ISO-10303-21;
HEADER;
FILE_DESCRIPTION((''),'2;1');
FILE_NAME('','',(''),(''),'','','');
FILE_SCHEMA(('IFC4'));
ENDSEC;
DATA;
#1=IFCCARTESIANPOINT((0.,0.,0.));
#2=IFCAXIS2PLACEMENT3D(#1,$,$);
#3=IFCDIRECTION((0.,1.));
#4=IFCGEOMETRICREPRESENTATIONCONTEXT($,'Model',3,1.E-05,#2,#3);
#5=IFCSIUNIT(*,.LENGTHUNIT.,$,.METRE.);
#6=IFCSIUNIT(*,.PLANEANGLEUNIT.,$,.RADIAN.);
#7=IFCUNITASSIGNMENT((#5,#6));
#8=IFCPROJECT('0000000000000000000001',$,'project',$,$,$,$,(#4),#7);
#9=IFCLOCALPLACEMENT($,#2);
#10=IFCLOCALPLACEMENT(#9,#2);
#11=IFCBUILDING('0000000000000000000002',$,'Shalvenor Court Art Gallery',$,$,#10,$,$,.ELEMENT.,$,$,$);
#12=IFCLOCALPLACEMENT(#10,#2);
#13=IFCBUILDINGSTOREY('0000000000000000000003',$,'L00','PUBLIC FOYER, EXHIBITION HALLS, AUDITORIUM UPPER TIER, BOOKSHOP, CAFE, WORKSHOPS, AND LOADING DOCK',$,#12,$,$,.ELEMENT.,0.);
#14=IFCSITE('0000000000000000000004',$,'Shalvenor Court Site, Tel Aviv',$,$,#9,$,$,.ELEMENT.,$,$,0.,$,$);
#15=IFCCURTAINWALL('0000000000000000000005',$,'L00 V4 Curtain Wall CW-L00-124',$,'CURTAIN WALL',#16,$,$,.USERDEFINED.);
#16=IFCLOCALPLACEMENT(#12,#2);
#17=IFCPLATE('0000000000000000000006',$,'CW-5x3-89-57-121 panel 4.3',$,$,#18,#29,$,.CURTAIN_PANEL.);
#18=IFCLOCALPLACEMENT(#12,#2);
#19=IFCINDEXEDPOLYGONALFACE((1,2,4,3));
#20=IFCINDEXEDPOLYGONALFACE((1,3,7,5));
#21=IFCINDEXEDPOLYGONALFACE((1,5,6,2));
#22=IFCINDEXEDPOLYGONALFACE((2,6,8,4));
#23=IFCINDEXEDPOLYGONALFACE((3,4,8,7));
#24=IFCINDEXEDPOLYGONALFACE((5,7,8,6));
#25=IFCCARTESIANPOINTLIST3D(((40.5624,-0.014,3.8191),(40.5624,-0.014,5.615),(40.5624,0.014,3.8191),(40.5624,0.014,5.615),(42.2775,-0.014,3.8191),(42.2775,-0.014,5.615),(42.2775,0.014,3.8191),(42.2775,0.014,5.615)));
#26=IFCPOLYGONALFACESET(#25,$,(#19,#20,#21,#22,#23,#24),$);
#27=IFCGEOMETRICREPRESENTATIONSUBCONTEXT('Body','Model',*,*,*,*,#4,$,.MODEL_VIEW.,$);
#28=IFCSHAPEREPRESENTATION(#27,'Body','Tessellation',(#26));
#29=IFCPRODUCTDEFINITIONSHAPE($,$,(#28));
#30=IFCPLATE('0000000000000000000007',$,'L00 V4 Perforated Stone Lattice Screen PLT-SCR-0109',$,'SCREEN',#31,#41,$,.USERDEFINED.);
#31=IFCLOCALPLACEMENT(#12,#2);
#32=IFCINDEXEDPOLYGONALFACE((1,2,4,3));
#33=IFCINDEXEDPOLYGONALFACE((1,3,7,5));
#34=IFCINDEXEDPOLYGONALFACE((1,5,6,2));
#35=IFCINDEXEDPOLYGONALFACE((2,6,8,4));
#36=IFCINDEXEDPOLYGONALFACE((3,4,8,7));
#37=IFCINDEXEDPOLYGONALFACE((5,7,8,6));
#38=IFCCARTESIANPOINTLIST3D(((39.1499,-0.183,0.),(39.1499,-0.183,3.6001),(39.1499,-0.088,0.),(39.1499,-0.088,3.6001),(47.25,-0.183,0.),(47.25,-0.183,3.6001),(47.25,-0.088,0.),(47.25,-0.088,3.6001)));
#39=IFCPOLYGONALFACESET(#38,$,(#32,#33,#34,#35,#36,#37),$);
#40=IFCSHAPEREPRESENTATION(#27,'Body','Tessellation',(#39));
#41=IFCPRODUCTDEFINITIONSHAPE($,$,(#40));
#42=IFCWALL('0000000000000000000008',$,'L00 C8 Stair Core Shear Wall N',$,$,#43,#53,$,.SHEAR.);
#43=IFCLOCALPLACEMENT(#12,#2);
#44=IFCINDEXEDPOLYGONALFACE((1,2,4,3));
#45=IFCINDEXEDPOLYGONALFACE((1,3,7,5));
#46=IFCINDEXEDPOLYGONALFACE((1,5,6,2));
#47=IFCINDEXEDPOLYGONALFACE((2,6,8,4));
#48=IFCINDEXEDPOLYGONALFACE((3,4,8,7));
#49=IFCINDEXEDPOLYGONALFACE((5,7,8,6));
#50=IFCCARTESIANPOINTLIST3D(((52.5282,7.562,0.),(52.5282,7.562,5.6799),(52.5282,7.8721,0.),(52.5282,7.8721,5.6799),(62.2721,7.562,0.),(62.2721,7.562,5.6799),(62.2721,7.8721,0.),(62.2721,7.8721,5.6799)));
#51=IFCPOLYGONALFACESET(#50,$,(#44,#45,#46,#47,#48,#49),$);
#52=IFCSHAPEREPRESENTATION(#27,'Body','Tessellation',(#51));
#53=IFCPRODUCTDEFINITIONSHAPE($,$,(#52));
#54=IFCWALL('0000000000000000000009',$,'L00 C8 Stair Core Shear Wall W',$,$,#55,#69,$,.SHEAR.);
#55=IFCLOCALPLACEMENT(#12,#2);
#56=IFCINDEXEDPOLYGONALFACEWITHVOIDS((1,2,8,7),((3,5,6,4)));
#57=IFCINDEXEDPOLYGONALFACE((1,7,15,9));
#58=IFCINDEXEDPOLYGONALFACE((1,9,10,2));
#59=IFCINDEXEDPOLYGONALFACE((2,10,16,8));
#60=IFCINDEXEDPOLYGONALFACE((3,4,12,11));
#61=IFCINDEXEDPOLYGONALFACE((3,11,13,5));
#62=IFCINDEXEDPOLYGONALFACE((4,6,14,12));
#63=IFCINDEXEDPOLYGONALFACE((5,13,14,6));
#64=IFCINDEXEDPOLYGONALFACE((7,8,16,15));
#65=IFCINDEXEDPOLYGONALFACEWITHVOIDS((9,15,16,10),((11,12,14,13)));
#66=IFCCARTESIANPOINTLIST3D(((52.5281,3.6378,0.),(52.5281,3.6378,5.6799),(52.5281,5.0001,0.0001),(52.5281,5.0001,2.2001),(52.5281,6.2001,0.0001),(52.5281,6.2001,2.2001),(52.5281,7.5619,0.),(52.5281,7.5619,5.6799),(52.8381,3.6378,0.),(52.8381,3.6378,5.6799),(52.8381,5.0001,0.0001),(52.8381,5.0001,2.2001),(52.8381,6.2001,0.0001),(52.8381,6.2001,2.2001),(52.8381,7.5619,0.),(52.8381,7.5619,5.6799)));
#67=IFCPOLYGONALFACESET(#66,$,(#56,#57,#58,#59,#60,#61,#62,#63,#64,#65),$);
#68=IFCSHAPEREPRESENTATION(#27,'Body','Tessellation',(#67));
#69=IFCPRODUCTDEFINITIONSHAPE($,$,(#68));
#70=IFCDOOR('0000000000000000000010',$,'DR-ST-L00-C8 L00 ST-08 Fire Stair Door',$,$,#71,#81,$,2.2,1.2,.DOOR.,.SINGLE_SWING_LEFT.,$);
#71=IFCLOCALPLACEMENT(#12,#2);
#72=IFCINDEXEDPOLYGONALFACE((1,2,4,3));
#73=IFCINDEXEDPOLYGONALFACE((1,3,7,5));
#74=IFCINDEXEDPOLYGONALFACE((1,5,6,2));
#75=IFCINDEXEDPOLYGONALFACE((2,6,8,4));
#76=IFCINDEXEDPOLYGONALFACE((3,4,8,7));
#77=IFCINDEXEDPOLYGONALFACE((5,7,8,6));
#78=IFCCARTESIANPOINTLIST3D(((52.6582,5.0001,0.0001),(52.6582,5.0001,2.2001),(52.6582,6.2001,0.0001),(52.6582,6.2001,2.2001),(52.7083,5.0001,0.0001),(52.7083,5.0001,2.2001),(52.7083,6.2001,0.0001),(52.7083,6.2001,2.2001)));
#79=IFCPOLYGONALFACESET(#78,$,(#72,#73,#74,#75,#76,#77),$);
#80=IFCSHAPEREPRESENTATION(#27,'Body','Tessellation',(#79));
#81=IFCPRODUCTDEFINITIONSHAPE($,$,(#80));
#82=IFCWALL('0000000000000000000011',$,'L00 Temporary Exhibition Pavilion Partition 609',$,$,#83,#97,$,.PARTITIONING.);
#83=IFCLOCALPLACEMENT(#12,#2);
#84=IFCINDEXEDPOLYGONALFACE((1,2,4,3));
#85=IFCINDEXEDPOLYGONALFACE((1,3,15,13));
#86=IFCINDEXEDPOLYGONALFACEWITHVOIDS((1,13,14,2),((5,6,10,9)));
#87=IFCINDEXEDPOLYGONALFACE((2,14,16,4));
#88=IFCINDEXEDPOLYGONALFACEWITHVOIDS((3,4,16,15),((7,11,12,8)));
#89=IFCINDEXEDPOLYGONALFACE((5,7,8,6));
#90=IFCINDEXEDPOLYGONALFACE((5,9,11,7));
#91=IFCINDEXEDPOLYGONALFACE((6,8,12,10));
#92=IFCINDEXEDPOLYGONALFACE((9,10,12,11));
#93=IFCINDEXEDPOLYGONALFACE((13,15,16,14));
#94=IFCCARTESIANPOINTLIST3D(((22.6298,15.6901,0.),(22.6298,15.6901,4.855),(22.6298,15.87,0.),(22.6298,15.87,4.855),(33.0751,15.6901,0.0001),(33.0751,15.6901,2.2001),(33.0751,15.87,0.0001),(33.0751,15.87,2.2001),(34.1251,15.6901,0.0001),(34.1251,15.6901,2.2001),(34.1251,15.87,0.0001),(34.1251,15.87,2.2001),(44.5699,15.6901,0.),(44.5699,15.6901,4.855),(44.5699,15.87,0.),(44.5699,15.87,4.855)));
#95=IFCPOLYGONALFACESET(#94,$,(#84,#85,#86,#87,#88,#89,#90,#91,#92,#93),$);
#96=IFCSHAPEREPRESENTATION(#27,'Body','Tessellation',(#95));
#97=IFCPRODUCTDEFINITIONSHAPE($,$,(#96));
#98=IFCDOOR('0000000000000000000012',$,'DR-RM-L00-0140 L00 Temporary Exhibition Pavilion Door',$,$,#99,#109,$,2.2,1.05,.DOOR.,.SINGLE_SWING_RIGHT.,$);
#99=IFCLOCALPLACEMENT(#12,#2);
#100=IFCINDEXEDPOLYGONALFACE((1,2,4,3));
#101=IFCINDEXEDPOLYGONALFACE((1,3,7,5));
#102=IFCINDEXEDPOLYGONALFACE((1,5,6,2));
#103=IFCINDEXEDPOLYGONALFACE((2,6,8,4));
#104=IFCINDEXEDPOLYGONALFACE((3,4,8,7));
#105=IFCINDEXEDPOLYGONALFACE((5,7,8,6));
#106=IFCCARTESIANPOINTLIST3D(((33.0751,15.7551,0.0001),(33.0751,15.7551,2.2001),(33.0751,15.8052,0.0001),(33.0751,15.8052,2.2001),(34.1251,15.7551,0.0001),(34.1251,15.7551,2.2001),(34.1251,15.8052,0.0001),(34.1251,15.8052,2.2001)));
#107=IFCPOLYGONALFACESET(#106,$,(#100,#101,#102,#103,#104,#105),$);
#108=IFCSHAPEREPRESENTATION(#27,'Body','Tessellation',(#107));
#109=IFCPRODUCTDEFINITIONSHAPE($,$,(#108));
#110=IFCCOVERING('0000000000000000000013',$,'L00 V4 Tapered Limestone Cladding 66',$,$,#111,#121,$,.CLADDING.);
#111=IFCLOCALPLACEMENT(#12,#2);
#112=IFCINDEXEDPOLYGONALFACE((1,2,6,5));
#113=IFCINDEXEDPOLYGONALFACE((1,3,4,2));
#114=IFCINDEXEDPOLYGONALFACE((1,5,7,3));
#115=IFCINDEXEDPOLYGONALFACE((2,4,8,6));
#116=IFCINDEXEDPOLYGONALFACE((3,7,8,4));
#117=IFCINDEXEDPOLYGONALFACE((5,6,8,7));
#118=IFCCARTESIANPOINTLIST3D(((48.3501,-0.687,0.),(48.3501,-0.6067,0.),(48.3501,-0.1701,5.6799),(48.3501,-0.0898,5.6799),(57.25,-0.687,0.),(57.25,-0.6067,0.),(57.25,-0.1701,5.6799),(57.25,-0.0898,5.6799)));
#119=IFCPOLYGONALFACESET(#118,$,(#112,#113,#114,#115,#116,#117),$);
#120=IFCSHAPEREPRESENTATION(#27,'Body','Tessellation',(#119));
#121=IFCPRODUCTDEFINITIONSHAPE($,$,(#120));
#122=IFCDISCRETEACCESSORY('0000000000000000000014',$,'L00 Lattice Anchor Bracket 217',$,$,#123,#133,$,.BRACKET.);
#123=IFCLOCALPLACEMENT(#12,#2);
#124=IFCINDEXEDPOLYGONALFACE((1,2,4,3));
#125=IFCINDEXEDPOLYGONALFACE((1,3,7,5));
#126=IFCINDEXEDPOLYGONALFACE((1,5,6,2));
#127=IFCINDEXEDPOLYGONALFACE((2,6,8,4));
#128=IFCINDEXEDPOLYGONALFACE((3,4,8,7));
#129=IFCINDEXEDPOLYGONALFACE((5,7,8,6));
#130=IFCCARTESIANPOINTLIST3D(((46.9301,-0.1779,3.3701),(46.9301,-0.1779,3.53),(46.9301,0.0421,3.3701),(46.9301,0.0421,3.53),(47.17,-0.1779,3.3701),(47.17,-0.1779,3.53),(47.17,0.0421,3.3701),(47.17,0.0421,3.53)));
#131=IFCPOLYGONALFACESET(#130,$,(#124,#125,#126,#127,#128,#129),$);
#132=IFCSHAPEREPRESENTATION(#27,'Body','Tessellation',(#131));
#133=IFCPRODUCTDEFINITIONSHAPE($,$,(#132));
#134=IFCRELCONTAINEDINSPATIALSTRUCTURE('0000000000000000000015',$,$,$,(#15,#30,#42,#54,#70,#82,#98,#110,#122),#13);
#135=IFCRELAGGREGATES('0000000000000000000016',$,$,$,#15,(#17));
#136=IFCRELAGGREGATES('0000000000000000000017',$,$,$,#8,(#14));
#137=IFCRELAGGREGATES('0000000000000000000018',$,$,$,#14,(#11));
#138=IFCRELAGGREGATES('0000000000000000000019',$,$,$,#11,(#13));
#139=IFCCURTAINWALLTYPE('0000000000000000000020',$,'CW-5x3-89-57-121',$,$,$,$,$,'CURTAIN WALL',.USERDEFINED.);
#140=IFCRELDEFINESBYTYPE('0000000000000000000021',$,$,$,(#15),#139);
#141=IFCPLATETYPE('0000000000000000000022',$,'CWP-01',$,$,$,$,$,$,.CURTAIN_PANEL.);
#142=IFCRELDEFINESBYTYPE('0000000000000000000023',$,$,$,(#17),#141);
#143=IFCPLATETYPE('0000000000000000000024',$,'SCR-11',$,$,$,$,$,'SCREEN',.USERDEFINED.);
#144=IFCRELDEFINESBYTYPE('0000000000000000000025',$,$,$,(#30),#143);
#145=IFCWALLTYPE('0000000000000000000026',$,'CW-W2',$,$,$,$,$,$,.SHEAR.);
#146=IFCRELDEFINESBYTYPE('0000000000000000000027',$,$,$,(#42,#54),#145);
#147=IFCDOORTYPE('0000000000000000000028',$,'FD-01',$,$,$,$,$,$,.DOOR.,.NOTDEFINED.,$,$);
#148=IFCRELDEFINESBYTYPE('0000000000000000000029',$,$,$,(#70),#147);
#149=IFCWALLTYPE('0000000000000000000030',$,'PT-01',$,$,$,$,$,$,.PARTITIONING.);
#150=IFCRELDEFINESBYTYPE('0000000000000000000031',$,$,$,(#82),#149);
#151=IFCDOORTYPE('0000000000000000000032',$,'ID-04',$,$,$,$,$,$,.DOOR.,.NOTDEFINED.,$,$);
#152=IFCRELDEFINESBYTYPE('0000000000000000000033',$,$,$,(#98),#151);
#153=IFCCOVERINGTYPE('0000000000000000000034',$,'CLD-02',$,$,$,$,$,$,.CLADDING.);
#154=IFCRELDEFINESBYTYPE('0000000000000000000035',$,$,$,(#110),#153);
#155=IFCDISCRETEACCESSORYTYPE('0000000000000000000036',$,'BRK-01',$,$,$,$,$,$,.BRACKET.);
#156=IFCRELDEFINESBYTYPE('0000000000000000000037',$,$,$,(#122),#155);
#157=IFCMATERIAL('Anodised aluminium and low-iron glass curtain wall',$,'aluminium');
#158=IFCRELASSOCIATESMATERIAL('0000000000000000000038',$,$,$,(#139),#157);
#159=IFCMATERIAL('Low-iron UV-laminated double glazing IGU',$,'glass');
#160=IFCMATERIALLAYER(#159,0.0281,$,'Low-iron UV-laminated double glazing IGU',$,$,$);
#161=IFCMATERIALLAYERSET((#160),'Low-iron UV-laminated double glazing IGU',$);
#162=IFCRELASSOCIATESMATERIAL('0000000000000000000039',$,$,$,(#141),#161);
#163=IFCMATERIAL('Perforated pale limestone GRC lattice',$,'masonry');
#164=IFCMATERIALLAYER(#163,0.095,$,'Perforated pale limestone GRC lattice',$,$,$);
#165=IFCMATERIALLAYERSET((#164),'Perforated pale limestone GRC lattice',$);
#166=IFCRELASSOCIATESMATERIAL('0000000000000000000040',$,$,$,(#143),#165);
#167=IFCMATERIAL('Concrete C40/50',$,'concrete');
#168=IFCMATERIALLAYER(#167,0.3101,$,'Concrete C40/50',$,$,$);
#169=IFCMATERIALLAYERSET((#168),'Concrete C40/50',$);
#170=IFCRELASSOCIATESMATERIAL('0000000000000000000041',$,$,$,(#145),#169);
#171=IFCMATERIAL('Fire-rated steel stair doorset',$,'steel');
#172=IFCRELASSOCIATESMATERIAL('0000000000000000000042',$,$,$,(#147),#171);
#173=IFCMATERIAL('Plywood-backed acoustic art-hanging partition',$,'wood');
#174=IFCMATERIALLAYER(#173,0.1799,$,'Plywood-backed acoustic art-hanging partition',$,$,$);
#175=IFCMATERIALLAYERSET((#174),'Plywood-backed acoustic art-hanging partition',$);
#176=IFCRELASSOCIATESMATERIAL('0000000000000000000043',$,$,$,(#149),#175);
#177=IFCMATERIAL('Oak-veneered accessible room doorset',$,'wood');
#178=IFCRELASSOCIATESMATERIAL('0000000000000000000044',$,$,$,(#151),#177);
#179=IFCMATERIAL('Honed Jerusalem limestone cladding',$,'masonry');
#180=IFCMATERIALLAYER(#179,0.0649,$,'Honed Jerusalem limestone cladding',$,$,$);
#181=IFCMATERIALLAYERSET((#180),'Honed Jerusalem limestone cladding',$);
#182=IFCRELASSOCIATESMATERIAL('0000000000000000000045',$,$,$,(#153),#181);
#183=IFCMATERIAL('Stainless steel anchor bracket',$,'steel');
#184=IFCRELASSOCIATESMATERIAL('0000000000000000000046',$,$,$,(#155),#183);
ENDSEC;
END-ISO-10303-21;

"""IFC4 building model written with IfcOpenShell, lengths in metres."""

from ifc_helpers import new_model, si_unit, direction, frame, frame_2d, origin, origin_2d, place, context, subcontext, project, spatial, polyline, rectangle, outline, extrude, material, layer, layer_set, type_object, element, fill, aggregate, save


model = new_model("IFC4")

# Units and contexts
model_context = context("Model", 3, precision=1e-05, world=origin(), true_north=direction((0.0, 1.0)))
body_context = subcontext(model_context, "Body", "Model", "MODEL_VIEW")
ifc_project = project(units=[si_unit("LENGTHUNIT", "METRE"), si_unit("PLANEANGLEUNIT", "RADIAN")], contexts=[model_context])

# Site, building, storey
site_placement = place(None, origin())
site = spatial("IfcSite", under=ifc_project, at=site_placement, Name="Shalvenor Court Site, Tel Aviv", CompositionType="ELEMENT", RefElevation=0.0)
building_placement = place(site_placement, origin())
building = spatial("IfcBuilding", under=site, at=building_placement, Name="Shalvenor Court Art Gallery", CompositionType="ELEMENT")
storey_placement = place(building_placement, origin())
storey = spatial("IfcBuildingStorey", under=building, at=storey_placement, Name="L00", Description="PUBLIC FOYER, EXHIBITION HALLS, AUDITORIUM UPPER TIER, BOOKSHOP, CAFE, WORKSHOPS, AND LOADING DOCK", CompositionType="ELEMENT", Elevation=0.0)

# Curtain wall
ifc_material_1 = material(Name="Anodised aluminium and low-iron glass curtain wall", Category="aluminium")
curtain_wall_type = type_object("IfcCurtainWallType", Name="CW-5x3-89-57-121", ElementType="CURTAIN WALL", PredefinedType="USERDEFINED", material=ifc_material_1)
curtain_wall_placement = place(storey_placement, origin())
curtain_wall = element("IfcCurtainWall", 1, at=curtain_wall_placement, inside=storey, type_object=curtain_wall_type, Name="L00 V4 Curtain Wall CW-L00-124", ObjectType="CURTAIN WALL", PredefinedType="USERDEFINED")

# Plates
ifc_material_2 = material(Name="Low-iron UV-laminated double glazing IGU", Category="glass")
ifc_layer_1 = layer(ifc_material_2, 0.0281, Name="Low-iron UV-laminated double glazing IGU")
ifc_layer_set_1 = layer_set([ifc_layer_1], Name="Low-iron UV-laminated double glazing IGU")
plate_type_1 = type_object("IfcPlateType", Name="CWP-01", PredefinedType="CURTAIN_PANEL", material=ifc_layer_set_1)
plate_1_placement = place(storey_placement, frame((41.4199, 0.0, 3.8191), z_axis=(0.0, 0.0, 1.0), x_axis=(-1.0, 0.0, 0.0)))
plate_1 = element("IfcPlate", 2, at=plate_1_placement, type_object=plate_type_1, Name="CW-5x3-89-57-121 panel 4.3", PredefinedType="CURTAIN_PANEL", context=body_context, shape_type="SweptSolid", body=[
    extrude(rectangle(XDim=1.7151, YDim=0.0281, at=origin_2d()), origin(), (0.0, 0.0, 1.0), 1.7959),
])
aggregate(curtain_wall, [plate_1])
ifc_material_3 = material(Name="Perforated pale limestone GRC lattice", Category="masonry")
ifc_layer_2 = layer(ifc_material_3, 0.095, Name="Perforated pale limestone GRC lattice")
ifc_layer_set_2 = layer_set([ifc_layer_2], Name="Perforated pale limestone GRC lattice")
plate_type_2 = type_object("IfcPlateType", Name="SCR-11", ElementType="SCREEN", PredefinedType="USERDEFINED", material=ifc_layer_set_2)
plate_2_placement = place(storey_placement, frame((43.2, -0.1355, 0.0), z_axis=(0.0, 0.0, 1.0), x_axis=(-1.0, 0.0, 0.0)))
element("IfcPlate", 3, at=plate_2_placement, inside=storey, type_object=plate_type_2, Name="L00 V4 Perforated Stone Lattice Screen PLT-SCR-0109", ObjectType="SCREEN", PredefinedType="USERDEFINED", context=body_context, shape_type="SweptSolid", body=[
    extrude(rectangle(XDim=8.1001, YDim=0.095, at=origin_2d()), origin(), (0.0, 0.0, 1.0), 3.6001),
])

# Wall
ifc_material_4 = material(Name="Concrete C40/50", Category="concrete")
ifc_layer_3 = layer(ifc_material_4, 0.3101, Name="Concrete C40/50")
ifc_layer_set_3 = layer_set([ifc_layer_3], Name="Concrete C40/50")
wall_type_1 = type_object("IfcWallType", Name="CW-W2", PredefinedType="SHEAR", material=ifc_layer_set_3)
wall_1_placement = place(storey_placement, frame((52.5281, 7.717, 0.0), z_axis=(0.0, 0.0, 1.0), x_axis=(1.0, 0.0, 0.0)))
element("IfcWall", 4, at=wall_1_placement, inside=storey, type_object=wall_type_1, Name="L00 C8 Stair Core Shear Wall N", PredefinedType="SHEAR", context=body_context, shape_type="SweptSolid", body=[
    extrude(rectangle(XDim=9.7439, YDim=0.3101, at=frame_2d((4.8721, 0.0))), origin(), (0.0, 0.0, 1.0), 5.6799),
])

# Walls, openings, doors
wall_2_placement = place(storey_placement, frame((52.6831, 3.6379, 0.0), z_axis=(0.0, 0.0, 1.0), x_axis=(0.0, 1.0, 0.0)))
wall_2 = element("IfcWall", 5, at=wall_2_placement, inside=storey, type_object=wall_type_1, Name="L00 C8 Stair Core Shear Wall W", PredefinedType="SHEAR", context=body_context, shape_type="SweptSolid", body=[
    extrude(rectangle(XDim=3.9241, YDim=0.3101, at=frame_2d((1.9619, 0.0))), origin(), (0.0, 0.0, 1.0), 5.6799),
])
opening_1_placement = place(wall_2_placement, frame((1.3621, 0.0, 0.0)))
opening_1 = element("IfcOpeningElement", 6, at=opening_1_placement, cuts=wall_2, PredefinedType="OPENING", context=body_context, shape_type="SweptSolid", body=[
    extrude(rectangle(XDim=1.2, YDim=2.2, at=frame_2d((0.6001, 1.1001))), frame((0.0, 0.165, 0.0), z_axis=(0.0, -1.0, 0.0), x_axis=(1.0, 0.0, 0.0)), (0.0, 0.0, 1.0), 0.3301),
])
ifc_material_5 = material(Name="Fire-rated steel stair doorset", Category="steel")
door_type_1 = type_object("IfcDoorType", Name="FD-01", OperationType="NOTDEFINED", PredefinedType="DOOR", material=ifc_material_5)
door_1_placement = place(opening_1_placement, origin())
door_1 = element("IfcDoor", 7, at=door_1_placement, inside=storey, type_object=door_type_1, Name="DR-ST-L00-C8 L00 ST-08 Fire Stair Door", OperationType="SINGLE_SWING_LEFT", OverallHeight=2.2, OverallWidth=1.2, PredefinedType="DOOR", context=body_context, shape_type="SweptSolid", body=[
    extrude(rectangle(XDim=1.2, YDim=2.2, at=frame_2d((0.6001, 1.1001))), frame((0.0, 0.0249, 0.0), z_axis=(0.0, -1.0, 0.0), x_axis=(1.0, 0.0, 0.0)), (0.0, 0.0, 1.0), 0.05),
])
fill(opening_1, door_1)
ifc_material_6 = material(Name="Plywood-backed acoustic art-hanging partition", Category="wood")
ifc_layer_4 = layer(ifc_material_6, 0.1799, Name="Plywood-backed acoustic art-hanging partition")
ifc_layer_set_4 = layer_set([ifc_layer_4], Name="Plywood-backed acoustic art-hanging partition")
wall_type_2 = type_object("IfcWallType", Name="PT-01", PredefinedType="PARTITIONING", material=ifc_layer_set_4)
wall_3_placement = place(storey_placement, frame((44.5701, 15.78, 0.0), z_axis=(0.0, 0.0, 1.0), x_axis=(-1.0, 0.0, 0.0)))
wall_3 = element("IfcWall", 8, at=wall_3_placement, inside=storey, type_object=wall_type_2, Name="L00 Temporary Exhibition Pavilion Partition 609", PredefinedType="PARTITIONING", context=body_context, shape_type="SweptSolid", body=[
    extrude(rectangle(XDim=21.9402, YDim=0.1799, at=frame_2d((10.9702, 0.0))), origin(), (0.0, 0.0, 1.0), 4.855),
])
opening_2_placement = place(wall_3_placement, frame((10.4451, 0.0, 0.0)))
opening_2 = element("IfcOpeningElement", 9, at=opening_2_placement, cuts=wall_3, PredefinedType="OPENING", context=body_context, shape_type="SweptSolid", body=[
    extrude(rectangle(XDim=1.05, YDim=2.2, at=frame_2d((0.5249, 1.1001))), frame((0.0, 0.0999, 0.0), z_axis=(0.0, -1.0, 0.0), x_axis=(1.0, 0.0, 0.0)), (0.0, 0.0, 1.0), 0.2),
])
ifc_material_7 = material(Name="Oak-veneered accessible room doorset", Category="wood")
door_type_2 = type_object("IfcDoorType", Name="ID-04", OperationType="NOTDEFINED", PredefinedType="DOOR", material=ifc_material_7)
door_2_placement = place(opening_2_placement, origin())
door_2 = element("IfcDoor", 10, at=door_2_placement, inside=storey, type_object=door_type_2, Name="DR-RM-L00-0140 L00 Temporary Exhibition Pavilion Door", OperationType="SINGLE_SWING_RIGHT", OverallHeight=2.2, OverallWidth=1.05, PredefinedType="DOOR", context=body_context, shape_type="SweptSolid", body=[
    extrude(rectangle(XDim=1.05, YDim=2.2, at=frame_2d((0.5249, 1.1001))), frame((0.0, 0.0249, 0.0), z_axis=(0.0, -1.0, 0.0), x_axis=(1.0, 0.0, 0.0)), (0.0, 0.0, 1.0), 0.05),
])
fill(opening_2, door_2)

# Covering
ifc_material_8 = material(Name="Honed Jerusalem limestone cladding", Category="masonry")
ifc_layer_5 = layer(ifc_material_8, 0.0649, Name="Honed Jerusalem limestone cladding")
ifc_layer_set_5 = layer_set([ifc_layer_5], Name="Honed Jerusalem limestone cladding")
covering_type = type_object("IfcCoveringType", Name="CLD-02", PredefinedType="CLADDING", material=ifc_layer_set_5)
covering_placement = place(storey_placement, frame((48.3501, -0.687, 0.0), z_axis=(0.0, 0.0, 1.0), x_axis=(1.0, 0.0, 0.0)))
element("IfcCovering", 11, at=covering_placement, inside=storey, type_object=covering_type, Name="L00 V4 Tapered Limestone Cladding 66", PredefinedType="CLADDING", context=body_context, shape_type="SweptSolid", body=[
    extrude(outline(polyline([(0.0, 0.0), (8.8999, 0.0), (8.8999, 5.7034), (0.0, 5.7034), (0.0, 0.0)])), frame((0.0, 0.0, 0.0), z_axis=(0.0, -0.995884, 0.090633), x_axis=(1.0, 0.0, 0.0)), (0.0, 0.090633, -0.995884), 0.0803),
])

# Discrete accessory
ifc_material_9 = material(Name="Stainless steel anchor bracket", Category="steel")
discrete_accessory_type = type_object("IfcDiscreteAccessoryType", Name="BRK-01", PredefinedType="BRACKET", material=ifc_material_9)
discrete_accessory_placement = place(storey_placement, frame((47.05, -0.0679, 3.3701), z_axis=(0.0, 0.0, 1.0), x_axis=(-1.0, 0.0, 0.0)))
element("IfcDiscreteAccessory", 12, at=discrete_accessory_placement, inside=storey, type_object=discrete_accessory_type, Name="L00 Lattice Anchor Bracket 217", PredefinedType="BRACKET", context=body_context, shape_type="SweptSolid", body=[
    extrude(rectangle(XDim=0.24, YDim=0.22, at=origin_2d()), origin(), (0.0, 0.0, 1.0), 0.1599),
])

save(model, "model.ifc")
